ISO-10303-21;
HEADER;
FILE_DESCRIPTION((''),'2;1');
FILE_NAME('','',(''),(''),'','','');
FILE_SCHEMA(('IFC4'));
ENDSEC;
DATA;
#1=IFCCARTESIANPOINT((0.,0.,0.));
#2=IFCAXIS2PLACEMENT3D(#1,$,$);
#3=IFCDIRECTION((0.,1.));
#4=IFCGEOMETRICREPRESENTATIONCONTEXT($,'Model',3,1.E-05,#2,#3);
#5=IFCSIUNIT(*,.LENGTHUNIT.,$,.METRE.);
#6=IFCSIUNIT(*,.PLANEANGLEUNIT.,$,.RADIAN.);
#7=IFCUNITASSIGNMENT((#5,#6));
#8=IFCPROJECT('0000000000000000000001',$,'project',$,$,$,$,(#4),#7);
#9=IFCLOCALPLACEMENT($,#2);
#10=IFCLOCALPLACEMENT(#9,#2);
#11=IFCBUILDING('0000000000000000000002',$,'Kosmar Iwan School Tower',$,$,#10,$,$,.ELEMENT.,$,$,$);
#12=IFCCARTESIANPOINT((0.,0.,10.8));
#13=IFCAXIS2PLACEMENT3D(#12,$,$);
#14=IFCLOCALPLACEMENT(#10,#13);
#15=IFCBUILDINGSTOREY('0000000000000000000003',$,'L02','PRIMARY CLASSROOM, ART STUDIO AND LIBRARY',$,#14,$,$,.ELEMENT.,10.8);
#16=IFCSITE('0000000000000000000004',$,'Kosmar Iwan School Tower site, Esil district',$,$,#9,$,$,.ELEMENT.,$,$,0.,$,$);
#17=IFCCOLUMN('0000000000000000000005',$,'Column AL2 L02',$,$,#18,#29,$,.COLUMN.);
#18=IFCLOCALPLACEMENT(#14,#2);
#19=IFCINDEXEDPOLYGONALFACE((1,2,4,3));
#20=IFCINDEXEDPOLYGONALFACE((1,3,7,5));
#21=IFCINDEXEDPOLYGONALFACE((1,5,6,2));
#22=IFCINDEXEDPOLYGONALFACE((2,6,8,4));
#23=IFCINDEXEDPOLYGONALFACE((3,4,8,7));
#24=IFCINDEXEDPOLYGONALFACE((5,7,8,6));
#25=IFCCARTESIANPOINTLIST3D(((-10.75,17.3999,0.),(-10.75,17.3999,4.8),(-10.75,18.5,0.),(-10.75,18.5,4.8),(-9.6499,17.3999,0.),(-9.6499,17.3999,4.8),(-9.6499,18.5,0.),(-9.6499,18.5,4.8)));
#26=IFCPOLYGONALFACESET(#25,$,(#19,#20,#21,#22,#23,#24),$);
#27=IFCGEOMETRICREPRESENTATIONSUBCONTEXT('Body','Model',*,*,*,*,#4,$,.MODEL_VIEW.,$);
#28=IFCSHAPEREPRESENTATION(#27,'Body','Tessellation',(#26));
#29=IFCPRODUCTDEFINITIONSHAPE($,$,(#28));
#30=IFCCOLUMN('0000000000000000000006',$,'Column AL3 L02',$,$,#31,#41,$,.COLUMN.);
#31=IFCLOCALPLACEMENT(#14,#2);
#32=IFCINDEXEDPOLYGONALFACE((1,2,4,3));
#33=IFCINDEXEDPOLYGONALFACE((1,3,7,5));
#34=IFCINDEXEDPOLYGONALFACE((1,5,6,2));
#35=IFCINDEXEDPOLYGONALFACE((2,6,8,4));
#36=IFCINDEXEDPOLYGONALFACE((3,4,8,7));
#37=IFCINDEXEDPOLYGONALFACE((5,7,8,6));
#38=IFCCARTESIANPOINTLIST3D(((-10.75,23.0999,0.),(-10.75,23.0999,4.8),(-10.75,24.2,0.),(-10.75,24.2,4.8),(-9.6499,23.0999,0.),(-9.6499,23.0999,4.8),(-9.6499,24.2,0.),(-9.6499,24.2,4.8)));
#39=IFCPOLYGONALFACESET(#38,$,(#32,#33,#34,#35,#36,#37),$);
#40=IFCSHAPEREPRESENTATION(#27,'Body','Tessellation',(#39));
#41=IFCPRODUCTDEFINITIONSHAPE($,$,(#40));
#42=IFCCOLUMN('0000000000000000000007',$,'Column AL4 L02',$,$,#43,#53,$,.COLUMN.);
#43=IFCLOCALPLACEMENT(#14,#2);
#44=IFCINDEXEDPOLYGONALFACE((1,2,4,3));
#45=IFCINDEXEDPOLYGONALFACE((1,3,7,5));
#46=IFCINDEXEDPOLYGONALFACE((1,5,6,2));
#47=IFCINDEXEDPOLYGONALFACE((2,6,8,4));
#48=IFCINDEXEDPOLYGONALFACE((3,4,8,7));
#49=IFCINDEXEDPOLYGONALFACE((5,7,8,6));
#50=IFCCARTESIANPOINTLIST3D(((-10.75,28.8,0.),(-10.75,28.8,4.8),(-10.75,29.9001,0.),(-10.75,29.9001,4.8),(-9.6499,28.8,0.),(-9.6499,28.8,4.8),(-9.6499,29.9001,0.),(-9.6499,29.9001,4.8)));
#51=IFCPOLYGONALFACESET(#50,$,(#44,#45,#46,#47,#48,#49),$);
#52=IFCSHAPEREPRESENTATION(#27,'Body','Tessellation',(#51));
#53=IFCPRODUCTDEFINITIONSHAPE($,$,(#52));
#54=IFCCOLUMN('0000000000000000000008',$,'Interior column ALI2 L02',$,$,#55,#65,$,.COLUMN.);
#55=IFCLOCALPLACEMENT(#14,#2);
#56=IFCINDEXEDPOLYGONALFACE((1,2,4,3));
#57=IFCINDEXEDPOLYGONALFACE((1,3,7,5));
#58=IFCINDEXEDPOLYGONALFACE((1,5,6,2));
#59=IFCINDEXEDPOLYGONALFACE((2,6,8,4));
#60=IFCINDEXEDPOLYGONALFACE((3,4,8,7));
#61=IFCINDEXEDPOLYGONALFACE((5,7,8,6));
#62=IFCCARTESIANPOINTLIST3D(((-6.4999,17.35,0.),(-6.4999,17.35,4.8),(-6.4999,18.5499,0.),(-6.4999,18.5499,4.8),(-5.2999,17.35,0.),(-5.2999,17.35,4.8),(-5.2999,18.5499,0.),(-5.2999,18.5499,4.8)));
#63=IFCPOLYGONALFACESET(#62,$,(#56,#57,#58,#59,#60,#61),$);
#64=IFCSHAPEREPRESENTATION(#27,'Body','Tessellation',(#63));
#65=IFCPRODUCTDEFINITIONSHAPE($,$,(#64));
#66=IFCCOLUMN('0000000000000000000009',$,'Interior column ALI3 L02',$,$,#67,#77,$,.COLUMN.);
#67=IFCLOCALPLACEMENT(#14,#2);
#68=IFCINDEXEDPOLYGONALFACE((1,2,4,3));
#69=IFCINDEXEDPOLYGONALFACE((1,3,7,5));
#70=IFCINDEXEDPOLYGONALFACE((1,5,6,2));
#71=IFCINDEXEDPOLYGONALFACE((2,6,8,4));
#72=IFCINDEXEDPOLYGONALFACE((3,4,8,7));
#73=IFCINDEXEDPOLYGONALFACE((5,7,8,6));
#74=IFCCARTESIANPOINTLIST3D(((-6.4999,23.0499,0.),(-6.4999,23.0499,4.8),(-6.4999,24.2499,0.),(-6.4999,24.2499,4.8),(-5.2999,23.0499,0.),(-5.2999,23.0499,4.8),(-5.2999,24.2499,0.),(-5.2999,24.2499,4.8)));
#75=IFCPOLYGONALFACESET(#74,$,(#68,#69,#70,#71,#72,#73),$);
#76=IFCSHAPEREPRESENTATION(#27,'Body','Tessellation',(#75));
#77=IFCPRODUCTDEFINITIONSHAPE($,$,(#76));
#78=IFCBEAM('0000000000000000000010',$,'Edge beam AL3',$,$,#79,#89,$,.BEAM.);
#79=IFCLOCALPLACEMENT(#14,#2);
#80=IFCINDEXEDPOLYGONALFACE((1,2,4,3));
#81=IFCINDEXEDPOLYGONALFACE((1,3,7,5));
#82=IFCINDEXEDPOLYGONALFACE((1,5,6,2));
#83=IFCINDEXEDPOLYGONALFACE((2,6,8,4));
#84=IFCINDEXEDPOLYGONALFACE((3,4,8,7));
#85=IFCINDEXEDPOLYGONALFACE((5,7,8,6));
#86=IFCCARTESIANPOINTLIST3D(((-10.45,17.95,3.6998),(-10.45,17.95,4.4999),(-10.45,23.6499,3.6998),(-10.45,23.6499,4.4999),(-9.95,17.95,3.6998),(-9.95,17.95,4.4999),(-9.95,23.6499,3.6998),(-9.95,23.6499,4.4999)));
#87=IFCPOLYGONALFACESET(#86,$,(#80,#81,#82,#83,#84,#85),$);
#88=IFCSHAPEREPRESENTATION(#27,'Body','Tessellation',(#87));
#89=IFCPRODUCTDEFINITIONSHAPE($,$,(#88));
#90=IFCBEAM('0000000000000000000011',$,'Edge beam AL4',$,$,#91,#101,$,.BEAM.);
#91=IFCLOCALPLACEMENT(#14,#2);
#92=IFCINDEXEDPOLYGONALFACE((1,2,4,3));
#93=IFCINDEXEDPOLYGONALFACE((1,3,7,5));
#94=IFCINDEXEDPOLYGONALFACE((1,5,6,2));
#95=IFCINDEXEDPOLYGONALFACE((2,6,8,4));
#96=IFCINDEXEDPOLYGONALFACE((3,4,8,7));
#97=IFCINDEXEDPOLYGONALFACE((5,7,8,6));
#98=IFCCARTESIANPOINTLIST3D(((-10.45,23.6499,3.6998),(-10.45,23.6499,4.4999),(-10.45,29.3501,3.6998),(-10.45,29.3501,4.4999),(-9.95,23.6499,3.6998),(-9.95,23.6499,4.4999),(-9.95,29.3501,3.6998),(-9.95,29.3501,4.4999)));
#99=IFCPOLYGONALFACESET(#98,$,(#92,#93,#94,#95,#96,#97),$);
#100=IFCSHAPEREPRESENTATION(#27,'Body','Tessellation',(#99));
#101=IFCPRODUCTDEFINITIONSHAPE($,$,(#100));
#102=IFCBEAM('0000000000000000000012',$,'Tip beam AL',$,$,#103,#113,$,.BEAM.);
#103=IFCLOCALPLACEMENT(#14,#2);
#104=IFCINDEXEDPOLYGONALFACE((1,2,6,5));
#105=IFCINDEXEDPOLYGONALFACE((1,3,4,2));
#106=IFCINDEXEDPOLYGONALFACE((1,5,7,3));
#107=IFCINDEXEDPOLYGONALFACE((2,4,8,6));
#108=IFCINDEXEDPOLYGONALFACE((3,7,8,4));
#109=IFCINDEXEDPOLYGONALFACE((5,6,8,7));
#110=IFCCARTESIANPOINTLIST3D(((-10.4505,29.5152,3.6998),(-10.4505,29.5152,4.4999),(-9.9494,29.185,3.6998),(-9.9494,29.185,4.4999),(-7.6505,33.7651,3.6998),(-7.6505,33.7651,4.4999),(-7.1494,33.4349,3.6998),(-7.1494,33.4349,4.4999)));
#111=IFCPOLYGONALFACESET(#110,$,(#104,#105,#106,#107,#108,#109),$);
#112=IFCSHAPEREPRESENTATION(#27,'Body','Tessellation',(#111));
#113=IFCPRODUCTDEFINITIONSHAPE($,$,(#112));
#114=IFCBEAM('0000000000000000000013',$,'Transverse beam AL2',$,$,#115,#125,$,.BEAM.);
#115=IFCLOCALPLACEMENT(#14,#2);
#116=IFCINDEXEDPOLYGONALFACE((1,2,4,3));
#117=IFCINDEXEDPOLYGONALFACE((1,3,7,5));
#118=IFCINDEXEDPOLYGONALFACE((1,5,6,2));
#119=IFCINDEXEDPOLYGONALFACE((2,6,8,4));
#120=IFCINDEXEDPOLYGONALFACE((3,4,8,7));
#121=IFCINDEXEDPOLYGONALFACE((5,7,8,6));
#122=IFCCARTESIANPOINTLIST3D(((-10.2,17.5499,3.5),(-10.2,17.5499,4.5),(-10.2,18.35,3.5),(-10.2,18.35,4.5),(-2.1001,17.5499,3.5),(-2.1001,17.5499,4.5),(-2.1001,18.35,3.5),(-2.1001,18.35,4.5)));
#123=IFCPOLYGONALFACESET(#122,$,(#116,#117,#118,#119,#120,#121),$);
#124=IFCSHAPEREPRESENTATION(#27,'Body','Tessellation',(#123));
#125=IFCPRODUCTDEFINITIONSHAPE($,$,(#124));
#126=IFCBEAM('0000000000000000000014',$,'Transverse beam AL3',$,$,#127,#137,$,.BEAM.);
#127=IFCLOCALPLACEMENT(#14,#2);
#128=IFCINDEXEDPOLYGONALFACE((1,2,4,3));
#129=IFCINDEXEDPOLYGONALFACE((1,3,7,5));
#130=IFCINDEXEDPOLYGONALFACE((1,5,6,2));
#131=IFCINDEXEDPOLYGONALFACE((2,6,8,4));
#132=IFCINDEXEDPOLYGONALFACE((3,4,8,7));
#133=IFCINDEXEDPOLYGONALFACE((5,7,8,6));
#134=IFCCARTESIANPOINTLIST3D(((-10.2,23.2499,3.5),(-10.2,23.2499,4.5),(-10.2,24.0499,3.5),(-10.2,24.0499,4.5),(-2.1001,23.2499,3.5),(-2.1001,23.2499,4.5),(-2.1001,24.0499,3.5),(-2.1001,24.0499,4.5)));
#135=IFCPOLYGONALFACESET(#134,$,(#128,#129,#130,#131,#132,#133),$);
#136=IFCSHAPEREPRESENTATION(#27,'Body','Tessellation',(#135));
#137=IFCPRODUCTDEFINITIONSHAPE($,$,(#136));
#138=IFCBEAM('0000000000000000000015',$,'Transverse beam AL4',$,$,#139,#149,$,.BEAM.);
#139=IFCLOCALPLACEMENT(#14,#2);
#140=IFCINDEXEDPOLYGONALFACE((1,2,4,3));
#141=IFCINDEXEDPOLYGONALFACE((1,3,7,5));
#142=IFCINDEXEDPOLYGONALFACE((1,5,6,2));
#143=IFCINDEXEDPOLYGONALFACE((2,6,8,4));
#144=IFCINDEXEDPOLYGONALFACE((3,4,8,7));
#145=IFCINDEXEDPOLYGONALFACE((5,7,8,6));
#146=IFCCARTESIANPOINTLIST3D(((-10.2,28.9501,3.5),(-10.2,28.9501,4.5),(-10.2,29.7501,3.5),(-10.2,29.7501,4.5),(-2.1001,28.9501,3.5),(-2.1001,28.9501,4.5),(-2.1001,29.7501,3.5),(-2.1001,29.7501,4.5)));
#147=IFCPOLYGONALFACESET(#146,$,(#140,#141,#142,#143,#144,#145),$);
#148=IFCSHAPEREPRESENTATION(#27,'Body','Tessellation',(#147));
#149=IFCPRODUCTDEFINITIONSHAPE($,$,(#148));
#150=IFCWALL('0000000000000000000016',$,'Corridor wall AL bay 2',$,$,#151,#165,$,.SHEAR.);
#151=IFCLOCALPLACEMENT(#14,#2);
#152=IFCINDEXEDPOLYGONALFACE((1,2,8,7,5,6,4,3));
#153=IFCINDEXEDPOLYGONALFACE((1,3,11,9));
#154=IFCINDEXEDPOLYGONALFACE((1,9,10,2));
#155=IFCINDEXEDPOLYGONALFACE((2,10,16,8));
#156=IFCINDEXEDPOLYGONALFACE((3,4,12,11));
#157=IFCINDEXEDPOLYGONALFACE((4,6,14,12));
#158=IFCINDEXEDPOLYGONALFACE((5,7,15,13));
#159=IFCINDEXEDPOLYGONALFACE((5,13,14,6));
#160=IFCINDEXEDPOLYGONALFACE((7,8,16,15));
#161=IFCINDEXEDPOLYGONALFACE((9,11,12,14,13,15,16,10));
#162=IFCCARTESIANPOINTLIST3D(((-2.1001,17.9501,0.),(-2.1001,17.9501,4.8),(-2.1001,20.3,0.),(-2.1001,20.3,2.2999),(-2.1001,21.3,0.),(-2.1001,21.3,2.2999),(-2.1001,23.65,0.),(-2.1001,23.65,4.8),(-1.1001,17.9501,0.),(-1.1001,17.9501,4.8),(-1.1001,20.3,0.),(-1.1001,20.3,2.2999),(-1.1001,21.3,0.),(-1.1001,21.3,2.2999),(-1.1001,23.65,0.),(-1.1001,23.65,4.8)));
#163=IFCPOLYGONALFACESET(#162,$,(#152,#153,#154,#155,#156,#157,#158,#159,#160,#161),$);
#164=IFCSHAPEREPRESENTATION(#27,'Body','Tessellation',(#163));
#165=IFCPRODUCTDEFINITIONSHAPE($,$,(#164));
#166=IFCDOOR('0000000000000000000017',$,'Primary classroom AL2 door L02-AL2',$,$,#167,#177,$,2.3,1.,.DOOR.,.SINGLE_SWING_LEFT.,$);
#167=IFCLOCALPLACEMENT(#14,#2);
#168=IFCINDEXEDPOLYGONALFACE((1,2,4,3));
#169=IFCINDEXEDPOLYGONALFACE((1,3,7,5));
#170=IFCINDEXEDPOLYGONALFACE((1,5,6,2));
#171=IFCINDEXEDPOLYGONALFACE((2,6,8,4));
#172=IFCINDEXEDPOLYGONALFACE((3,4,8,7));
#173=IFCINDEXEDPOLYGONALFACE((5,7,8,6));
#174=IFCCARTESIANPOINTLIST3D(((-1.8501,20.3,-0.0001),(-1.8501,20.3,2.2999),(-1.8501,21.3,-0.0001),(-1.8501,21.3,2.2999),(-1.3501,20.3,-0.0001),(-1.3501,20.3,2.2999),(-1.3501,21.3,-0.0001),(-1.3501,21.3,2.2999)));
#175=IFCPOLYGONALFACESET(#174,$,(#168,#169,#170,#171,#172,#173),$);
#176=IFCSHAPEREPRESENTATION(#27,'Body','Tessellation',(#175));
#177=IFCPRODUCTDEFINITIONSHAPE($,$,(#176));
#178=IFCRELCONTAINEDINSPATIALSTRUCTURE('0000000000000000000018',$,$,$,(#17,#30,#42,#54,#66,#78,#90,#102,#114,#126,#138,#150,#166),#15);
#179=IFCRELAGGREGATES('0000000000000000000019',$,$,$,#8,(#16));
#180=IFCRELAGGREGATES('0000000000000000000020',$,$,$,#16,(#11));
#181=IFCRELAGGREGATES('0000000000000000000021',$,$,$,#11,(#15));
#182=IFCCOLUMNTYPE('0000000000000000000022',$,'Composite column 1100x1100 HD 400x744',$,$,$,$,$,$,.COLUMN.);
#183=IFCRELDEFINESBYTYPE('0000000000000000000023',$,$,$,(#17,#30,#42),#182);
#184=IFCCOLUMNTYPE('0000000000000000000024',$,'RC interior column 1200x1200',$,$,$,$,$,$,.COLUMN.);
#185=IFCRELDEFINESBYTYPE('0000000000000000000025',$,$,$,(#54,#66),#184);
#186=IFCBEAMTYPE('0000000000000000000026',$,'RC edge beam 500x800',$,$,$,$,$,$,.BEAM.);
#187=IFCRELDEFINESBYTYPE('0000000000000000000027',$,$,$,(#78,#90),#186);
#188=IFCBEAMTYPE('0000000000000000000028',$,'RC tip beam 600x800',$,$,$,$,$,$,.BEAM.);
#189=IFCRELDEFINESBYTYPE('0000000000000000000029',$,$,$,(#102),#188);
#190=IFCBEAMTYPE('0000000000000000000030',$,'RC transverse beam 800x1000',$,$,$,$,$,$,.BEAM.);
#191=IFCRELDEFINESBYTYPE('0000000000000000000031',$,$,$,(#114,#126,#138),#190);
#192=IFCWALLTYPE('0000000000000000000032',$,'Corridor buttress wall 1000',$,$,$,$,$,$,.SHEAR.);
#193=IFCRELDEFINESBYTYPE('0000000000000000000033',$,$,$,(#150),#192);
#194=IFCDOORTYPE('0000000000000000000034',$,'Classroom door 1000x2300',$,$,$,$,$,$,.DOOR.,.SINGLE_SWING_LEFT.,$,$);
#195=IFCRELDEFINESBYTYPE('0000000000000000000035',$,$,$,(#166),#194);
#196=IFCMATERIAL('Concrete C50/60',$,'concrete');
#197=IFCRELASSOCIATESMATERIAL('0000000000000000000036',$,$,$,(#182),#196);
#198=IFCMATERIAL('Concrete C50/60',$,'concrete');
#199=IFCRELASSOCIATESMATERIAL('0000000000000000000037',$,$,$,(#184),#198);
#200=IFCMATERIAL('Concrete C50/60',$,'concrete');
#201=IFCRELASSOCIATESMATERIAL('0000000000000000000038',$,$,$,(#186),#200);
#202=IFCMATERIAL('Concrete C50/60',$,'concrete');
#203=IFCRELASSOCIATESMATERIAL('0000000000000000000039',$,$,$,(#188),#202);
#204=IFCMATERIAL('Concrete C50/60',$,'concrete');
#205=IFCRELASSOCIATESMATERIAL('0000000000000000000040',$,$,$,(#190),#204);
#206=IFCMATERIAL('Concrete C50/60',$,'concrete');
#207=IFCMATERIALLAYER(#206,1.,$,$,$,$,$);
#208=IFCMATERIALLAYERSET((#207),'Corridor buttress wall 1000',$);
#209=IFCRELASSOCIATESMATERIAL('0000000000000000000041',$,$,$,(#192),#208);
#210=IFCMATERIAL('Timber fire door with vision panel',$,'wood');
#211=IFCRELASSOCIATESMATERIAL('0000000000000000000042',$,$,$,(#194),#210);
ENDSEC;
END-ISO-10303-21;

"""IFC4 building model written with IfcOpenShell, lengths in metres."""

from ifc_helpers import new_model, si_unit, direction, frame, frame_2d, origin, origin_2d, place, context, subcontext, project, spatial, rectangle, extrude, material, layer, layer_set, material_profile, profile_set, type_object, element, fill, save


model = new_model("IFC4")

# Units and contexts
model_context = context("Model", 3, precision=1e-05, world=origin(), true_north=direction((0.0, 1.0)))
body_context = subcontext(model_context, "Body", "Model", "MODEL_VIEW")
ifc_project = project(units=[si_unit("LENGTHUNIT", "METRE"), si_unit("PLANEANGLEUNIT", "RADIAN")], contexts=[model_context])

# Site, building, storey
site_placement = place(None, origin())
site = spatial("IfcSite", under=ifc_project, at=site_placement, Name="Kosmar Iwan School Tower site, Esil district", CompositionType="ELEMENT", RefElevation=0.0)
building_placement = place(site_placement, origin())
building = spatial("IfcBuilding", under=site, at=building_placement, Name="Kosmar Iwan School Tower", CompositionType="ELEMENT")
storey_placement = place(building_placement, frame((0.0, 0.0, 10.8)))
storey = spatial("IfcBuildingStorey", under=building, at=storey_placement, Name="L02", Description="PRIMARY CLASSROOM, ART STUDIO AND LIBRARY", CompositionType="ELEMENT", Elevation=10.8)

# Columns
ifc_material_1 = material(Name="Concrete C50/60", Category="concrete")
ifc_material_profile_1 = material_profile(ifc_material_1, rectangle(XDim=1.1001, YDim=1.1001, at=origin_2d()), Name="RC 1100x1100 + HD 400x744")
ifc_profile_set_1 = profile_set([ifc_material_profile_1], Name="Concrete C50/60")
column_type_1 = type_object("IfcColumnType", Name="Composite column 1100x1100 HD 400x744", PredefinedType="COLUMN", material=ifc_profile_set_1)
for number, where, z_axis, x_axis, name in (
    (1, (-10.2, 17.95, 0.0), (0.0, 0.0, 1.0), (0.0, 1.0, 0.0), "Column AL2 L02"),
    (2, (-10.2, 23.6499, 0.0), (0.0, 0.0, 1.0), (0.0, 1.0, 0.0), "Column AL3 L02"),
    (3, (-10.2, 29.3501, 0.0), (0.0, 0.0, 1.0), (0.0, 1.0, 0.0), "Column AL4 L02"),
):
    element("IfcColumn", number, at=place(storey_placement, frame(where, z_axis=z_axis, x_axis=x_axis)), inside=storey, type_object=column_type_1, Name=name, PredefinedType="COLUMN", context=body_context, shape_type="SweptSolid", body=[
        extrude(rectangle(XDim=1.1001, YDim=1.1001, at=origin_2d()), origin(), (0.0, 0.0, 1.0), 4.8),
    ])
ifc_material_2 = material(Name="Concrete C50/60", Category="concrete")
ifc_material_profile_2 = material_profile(ifc_material_2, rectangle(XDim=1.2, YDim=1.2, at=origin_2d()), Name="RC 1200x1200")
ifc_profile_set_2 = profile_set([ifc_material_profile_2], Name="Concrete C50/60")
column_type_2 = type_object("IfcColumnType", Name="RC interior column 1200x1200", PredefinedType="COLUMN", material=ifc_profile_set_2)
for number, where, z_axis, x_axis, name in (
    (4, (-5.8999, 17.95, 0.0), (0.0, 0.0, 1.0), (0.0, 1.0, 0.0), "Interior column ALI2 L02"),
    (5, (-5.8999, 23.6499, 0.0), (0.0, 0.0, 1.0), (0.0, 1.0, 0.0), "Interior column ALI3 L02"),
):
    element("IfcColumn", number, at=place(storey_placement, frame(where, z_axis=z_axis, x_axis=x_axis)), inside=storey, type_object=column_type_2, Name=name, PredefinedType="COLUMN", context=body_context, shape_type="SweptSolid", body=[
        extrude(rectangle(XDim=1.2, YDim=1.2, at=origin_2d()), origin(), (0.0, 0.0, 1.0), 4.8),
    ])

# Beams
ifc_material_3 = material(Name="Concrete C50/60", Category="concrete")
ifc_material_profile_3 = material_profile(ifc_material_3, rectangle(XDim=0.5, YDim=0.8, at=origin_2d()), Name="RC 500x800")
ifc_profile_set_3 = profile_set([ifc_material_profile_3], Name="Concrete C50/60")
beam_type_1 = type_object("IfcBeamType", Name="RC edge beam 500x800", PredefinedType="BEAM", material=ifc_profile_set_3)
beam_1_placement = place(storey_placement, frame((-10.2, 17.95, 4.0999), z_axis=(0.0, 1.0, 0.0), x_axis=(-1.0, 0.0, 0.0)))
element("IfcBeam", 6, at=beam_1_placement, inside=storey, type_object=beam_type_1, Name="Edge beam AL3", PredefinedType="BEAM", context=body_context, shape_type="SweptSolid", body=[
    extrude(rectangle(XDim=0.5, YDim=0.8, at=origin_2d()), origin(), (0.0, 0.0, 1.0), 5.7),
])
beam_2_placement = place(storey_placement, frame((-10.2, 23.6499, 4.0999), z_axis=(0.0, 1.0, 0.0), x_axis=(-1.0, 0.0, 0.0)))
element("IfcBeam", 7, at=beam_2_placement, inside=storey, type_object=beam_type_1, Name="Edge beam AL4", PredefinedType="BEAM", context=body_context, shape_type="SweptSolid", body=[
    extrude(rectangle(XDim=0.5, YDim=0.8, at=origin_2d()), origin(), (0.0, 0.0, 1.0), 5.7002),
])
ifc_material_4 = material(Name="Concrete C50/60", Category="concrete")
ifc_material_profile_4 = material_profile(ifc_material_4, rectangle(XDim=0.6001, YDim=0.8, at=origin_2d()), Name="RC 600x800")
ifc_profile_set_4 = profile_set([ifc_material_profile_4], Name="Concrete C50/60")
beam_type_2 = type_object("IfcBeamType", Name="RC tip beam 600x800", PredefinedType="BEAM", material=ifc_profile_set_4)
beam_3_placement = place(storey_placement, frame((-10.2, 29.3501, 4.0999), z_axis=(0.550164, 0.835056, 0.0), x_axis=(-0.835056, 0.550164, 0.0)))
element("IfcBeam", 8, at=beam_3_placement, inside=storey, type_object=beam_type_2, Name="Tip beam AL", PredefinedType="BEAM", context=body_context, shape_type="SweptSolid", body=[
    extrude(rectangle(XDim=0.6001, YDim=0.8, at=origin_2d()), origin(), (0.0, 0.0, 1.0), 5.0894),
])
ifc_material_5 = material(Name="Concrete C50/60", Category="concrete")
ifc_material_profile_5 = material_profile(ifc_material_5, rectangle(XDim=0.8, YDim=1.0, at=origin_2d()), Name="RC 800x1000")
ifc_profile_set_5 = profile_set([ifc_material_profile_5], Name="Concrete C50/60")
beam_type_3 = type_object("IfcBeamType", Name="RC transverse beam 800x1000", PredefinedType="BEAM", material=ifc_profile_set_5)
for number, where, z_axis, x_axis, name in (
    (9, (-10.2, 17.95, 4.0), (1.0, 0.0, 0.0), (0.0, 1.0, 0.0), "Transverse beam AL2"),
    (10, (-10.2, 23.6499, 4.0), (1.0, 0.0, 0.0), (0.0, 1.0, 0.0), "Transverse beam AL3"),
    (11, (-10.2, 29.3501, 4.0), (1.0, 0.0, 0.0), (0.0, 1.0, 0.0), "Transverse beam AL4"),
):
    element("IfcBeam", number, at=place(storey_placement, frame(where, z_axis=z_axis, x_axis=x_axis)), inside=storey, type_object=beam_type_3, Name=name, PredefinedType="BEAM", context=body_context, shape_type="SweptSolid", body=[
        extrude(rectangle(XDim=0.8, YDim=1.0, at=origin_2d()), origin(), (0.0, 0.0, 1.0), 8.0999),
    ])

# Wall, opening, door
ifc_material_6 = material(Name="Concrete C50/60", Category="concrete")
ifc_layer_1 = layer(ifc_material_6, 1.0)
ifc_layer_set_1 = layer_set([ifc_layer_1], Name="Corridor buttress wall 1000")
wall_type_1 = type_object("IfcWallType", Name="Corridor buttress wall 1000", PredefinedType="SHEAR", material=ifc_layer_set_1)
wall_1_placement = place(storey_placement, frame((-1.6001, 17.95, 0.0), z_axis=(0.0, 0.0, 1.0), x_axis=(0.0, 1.0, 0.0)))
wall_1 = element("IfcWall", 12, at=wall_1_placement, inside=storey, type_object=wall_type_1, Name="Corridor wall AL bay 2", PredefinedType="SHEAR", context=body_context, shape_type="SweptSolid", body=[
    extrude(rectangle(XDim=5.7, YDim=1.0, at=frame_2d((2.8501, 0.0))), origin(), (0.0, 0.0, 1.0), 4.8),
])
opening_1_placement = place(wall_1_placement, frame((2.3501, 0.0, 0.0)))
opening_1 = element("IfcOpeningElement", 13, at=opening_1_placement, cuts=wall_1, PredefinedType="OPENING", context=body_context, shape_type="SweptSolid", body=[
    extrude(rectangle(XDim=1.0, YDim=2.3, at=frame_2d((0.5, 1.1499))), frame((0.0, 0.512, 0.0), z_axis=(0.0, -1.0, 0.0), x_axis=(1.0, 0.0, 0.0)), (0.0, 0.0, 1.0), 1.0239),
])
ifc_material_7 = material(Name="Timber fire door with vision panel", Category="wood")
door_type = type_object("IfcDoorType", Name="Classroom door 1000x2300", OperationType="SINGLE_SWING_LEFT", PredefinedType="DOOR", material=ifc_material_7)
door_1_placement = place(opening_1_placement, origin())
door_1 = element("IfcDoor", 14, at=door_1_placement, inside=storey, type_object=door_type, Name="Primary classroom AL2 door L02-AL2", OperationType="SINGLE_SWING_LEFT", OverallHeight=2.3, OverallWidth=1.0, PredefinedType="DOOR", context=body_context, shape_type="SweptSolid", body=[
    extrude(rectangle(XDim=1.0, YDim=2.3, at=frame_2d((0.5, 1.1499))), frame((0.0, 0.25, 0.0), z_axis=(0.0, -1.0, 0.0), x_axis=(1.0, 0.0, 0.0)), (0.0, 0.0, 1.0), 0.5),
])
fill(opening_1, door_1)

save(model, "model.ifc")
